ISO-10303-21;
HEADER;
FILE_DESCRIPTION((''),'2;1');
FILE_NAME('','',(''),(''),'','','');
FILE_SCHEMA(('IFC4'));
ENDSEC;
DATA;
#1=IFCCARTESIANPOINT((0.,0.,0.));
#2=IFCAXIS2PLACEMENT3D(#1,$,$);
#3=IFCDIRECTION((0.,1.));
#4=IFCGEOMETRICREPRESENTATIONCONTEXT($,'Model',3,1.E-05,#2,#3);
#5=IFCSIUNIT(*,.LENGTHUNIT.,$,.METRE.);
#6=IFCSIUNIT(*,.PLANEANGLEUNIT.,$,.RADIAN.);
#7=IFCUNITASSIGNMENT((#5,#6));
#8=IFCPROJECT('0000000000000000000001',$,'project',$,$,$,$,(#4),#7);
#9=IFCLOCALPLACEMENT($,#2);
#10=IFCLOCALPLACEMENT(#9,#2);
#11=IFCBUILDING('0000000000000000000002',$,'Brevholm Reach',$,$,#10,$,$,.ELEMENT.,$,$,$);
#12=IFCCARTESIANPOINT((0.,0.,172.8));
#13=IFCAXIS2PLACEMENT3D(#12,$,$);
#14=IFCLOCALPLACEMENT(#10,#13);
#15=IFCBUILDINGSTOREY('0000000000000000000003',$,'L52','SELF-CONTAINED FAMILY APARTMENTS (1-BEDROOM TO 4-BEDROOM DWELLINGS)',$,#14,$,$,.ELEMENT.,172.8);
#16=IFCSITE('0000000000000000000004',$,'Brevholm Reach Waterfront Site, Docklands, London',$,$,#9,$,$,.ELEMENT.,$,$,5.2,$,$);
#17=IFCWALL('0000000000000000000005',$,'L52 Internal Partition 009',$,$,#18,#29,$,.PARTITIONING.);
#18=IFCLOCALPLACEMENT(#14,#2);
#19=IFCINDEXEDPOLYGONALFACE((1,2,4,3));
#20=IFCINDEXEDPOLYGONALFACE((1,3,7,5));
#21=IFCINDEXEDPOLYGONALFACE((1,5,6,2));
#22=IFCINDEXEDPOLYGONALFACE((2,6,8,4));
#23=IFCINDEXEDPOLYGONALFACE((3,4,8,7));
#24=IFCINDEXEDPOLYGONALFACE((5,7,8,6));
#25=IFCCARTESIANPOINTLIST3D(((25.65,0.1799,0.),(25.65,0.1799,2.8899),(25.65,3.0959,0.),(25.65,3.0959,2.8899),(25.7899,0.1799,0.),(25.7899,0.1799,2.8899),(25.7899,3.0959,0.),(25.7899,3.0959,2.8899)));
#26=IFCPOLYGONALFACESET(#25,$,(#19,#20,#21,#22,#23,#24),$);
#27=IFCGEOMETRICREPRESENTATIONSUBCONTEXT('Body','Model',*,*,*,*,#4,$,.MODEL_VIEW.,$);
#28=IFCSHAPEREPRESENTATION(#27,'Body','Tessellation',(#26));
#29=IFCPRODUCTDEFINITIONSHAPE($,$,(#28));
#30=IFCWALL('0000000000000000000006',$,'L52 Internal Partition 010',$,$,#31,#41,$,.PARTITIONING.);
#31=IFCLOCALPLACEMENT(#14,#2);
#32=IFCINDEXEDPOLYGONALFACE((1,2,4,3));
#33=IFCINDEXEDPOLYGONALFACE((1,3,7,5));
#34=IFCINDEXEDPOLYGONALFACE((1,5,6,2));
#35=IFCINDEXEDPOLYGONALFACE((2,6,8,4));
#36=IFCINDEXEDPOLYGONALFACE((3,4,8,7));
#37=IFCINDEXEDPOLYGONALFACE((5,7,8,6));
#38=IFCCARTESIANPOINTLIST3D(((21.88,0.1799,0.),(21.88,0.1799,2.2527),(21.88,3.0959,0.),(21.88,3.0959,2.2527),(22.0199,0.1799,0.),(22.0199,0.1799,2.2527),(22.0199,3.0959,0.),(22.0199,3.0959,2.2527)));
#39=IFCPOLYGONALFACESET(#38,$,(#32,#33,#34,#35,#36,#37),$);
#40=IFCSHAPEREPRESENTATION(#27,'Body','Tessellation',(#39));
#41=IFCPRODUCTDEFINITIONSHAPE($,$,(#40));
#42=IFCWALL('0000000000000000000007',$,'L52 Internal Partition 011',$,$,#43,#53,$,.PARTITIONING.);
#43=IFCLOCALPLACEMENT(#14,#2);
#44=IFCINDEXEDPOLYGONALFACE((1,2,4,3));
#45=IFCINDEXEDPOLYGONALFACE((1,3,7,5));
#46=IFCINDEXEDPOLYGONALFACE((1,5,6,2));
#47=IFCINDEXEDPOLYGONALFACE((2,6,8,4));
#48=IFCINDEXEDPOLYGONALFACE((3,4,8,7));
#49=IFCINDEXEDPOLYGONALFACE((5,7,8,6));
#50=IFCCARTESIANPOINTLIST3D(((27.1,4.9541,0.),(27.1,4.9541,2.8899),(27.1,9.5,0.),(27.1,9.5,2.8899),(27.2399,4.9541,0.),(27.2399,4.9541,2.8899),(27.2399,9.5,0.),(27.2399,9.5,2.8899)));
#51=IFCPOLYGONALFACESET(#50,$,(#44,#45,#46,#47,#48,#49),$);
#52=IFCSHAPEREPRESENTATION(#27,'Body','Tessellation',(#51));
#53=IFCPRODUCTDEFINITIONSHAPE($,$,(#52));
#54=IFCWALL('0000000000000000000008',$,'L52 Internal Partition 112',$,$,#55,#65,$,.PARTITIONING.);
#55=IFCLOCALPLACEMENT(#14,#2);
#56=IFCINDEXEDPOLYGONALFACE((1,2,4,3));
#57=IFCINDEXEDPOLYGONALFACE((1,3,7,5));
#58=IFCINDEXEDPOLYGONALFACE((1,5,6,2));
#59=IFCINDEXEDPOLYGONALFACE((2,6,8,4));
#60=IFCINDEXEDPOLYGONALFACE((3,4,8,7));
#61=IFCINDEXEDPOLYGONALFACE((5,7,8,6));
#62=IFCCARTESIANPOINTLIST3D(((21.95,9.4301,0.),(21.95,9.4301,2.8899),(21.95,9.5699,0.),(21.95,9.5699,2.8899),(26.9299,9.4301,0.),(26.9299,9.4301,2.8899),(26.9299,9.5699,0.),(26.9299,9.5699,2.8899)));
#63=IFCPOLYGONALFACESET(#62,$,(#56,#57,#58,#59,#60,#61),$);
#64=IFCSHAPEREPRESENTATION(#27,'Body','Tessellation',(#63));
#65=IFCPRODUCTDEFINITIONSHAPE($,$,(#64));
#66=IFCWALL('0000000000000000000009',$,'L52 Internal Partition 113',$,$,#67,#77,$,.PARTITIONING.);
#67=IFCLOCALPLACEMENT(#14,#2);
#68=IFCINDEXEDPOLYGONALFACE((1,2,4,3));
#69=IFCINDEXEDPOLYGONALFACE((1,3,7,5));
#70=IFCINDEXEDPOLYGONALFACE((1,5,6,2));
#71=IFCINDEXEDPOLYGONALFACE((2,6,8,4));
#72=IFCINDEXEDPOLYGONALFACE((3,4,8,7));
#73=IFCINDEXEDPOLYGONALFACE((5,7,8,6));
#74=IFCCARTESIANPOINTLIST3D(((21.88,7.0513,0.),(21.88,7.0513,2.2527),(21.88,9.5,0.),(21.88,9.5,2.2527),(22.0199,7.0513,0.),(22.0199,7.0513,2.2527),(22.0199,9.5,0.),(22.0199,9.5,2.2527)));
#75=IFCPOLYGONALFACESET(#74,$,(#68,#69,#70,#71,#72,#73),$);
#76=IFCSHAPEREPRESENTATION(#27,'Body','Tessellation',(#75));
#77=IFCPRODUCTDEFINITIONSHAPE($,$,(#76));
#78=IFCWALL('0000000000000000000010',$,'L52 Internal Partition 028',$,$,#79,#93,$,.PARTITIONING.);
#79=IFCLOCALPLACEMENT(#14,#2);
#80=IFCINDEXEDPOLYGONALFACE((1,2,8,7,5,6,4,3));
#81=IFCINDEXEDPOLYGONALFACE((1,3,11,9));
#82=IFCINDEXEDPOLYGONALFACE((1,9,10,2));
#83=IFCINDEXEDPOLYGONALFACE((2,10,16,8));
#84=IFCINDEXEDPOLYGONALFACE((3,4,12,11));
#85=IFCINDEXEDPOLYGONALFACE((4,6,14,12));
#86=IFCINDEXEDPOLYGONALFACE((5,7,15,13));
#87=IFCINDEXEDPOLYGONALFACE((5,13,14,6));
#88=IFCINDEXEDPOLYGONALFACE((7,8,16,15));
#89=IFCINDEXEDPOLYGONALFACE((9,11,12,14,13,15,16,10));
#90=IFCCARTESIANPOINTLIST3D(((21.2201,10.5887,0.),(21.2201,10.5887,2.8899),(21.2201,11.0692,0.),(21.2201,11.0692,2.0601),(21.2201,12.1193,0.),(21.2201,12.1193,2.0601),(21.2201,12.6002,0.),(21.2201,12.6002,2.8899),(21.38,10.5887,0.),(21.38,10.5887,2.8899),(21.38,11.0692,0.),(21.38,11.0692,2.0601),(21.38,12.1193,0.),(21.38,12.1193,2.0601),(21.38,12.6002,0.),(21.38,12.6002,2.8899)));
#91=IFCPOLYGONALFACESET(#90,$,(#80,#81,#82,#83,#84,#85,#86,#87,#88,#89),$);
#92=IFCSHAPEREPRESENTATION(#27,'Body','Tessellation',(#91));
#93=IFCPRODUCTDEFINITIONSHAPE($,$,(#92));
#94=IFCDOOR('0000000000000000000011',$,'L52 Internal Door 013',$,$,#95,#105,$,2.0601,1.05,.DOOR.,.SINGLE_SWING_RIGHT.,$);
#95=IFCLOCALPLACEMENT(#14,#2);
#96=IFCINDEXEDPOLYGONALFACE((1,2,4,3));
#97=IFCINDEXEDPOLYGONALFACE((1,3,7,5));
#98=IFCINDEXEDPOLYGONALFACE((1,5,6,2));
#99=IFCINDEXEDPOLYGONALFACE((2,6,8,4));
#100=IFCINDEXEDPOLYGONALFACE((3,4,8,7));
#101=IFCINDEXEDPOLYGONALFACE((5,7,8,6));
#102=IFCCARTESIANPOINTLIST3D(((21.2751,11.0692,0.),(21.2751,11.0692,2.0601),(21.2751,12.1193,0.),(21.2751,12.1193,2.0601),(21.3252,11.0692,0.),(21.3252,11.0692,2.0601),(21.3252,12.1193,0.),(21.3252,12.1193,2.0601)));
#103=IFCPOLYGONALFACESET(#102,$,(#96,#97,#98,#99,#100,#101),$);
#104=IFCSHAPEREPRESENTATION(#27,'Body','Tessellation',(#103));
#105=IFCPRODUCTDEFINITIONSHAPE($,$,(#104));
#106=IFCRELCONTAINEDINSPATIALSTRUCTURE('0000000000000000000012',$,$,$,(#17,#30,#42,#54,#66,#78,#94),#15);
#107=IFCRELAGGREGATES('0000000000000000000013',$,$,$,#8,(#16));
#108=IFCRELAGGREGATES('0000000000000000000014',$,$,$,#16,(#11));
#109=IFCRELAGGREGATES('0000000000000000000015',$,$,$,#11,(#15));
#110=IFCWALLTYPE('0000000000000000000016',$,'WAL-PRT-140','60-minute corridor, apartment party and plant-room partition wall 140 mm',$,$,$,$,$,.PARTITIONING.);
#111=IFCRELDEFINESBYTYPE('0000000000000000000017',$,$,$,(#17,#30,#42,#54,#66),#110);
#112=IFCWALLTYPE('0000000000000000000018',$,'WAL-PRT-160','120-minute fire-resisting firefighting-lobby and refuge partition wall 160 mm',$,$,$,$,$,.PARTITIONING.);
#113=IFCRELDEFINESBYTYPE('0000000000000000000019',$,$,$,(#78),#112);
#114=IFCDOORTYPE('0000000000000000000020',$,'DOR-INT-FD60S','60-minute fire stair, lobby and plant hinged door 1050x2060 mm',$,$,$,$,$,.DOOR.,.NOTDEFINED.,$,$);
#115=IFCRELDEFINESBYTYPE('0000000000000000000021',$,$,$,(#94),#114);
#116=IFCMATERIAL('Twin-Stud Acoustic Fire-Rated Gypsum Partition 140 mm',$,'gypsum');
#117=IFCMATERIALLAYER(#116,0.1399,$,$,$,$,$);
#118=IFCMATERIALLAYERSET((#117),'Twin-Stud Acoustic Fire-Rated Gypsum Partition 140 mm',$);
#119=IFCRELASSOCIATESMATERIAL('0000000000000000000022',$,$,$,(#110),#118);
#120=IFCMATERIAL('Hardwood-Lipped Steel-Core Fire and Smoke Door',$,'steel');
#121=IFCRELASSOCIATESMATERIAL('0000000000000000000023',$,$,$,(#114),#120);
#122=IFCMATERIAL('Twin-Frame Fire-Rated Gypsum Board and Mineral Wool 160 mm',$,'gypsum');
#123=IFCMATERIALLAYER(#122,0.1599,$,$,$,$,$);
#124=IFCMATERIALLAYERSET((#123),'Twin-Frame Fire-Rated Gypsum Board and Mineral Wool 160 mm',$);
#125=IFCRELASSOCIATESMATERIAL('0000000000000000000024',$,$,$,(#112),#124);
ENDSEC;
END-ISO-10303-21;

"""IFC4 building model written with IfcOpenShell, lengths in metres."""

from ifc_helpers import new_model, si_unit, direction, frame, frame_2d, origin, place, context, subcontext, project, spatial, rectangle, extrude, material, layer, layer_set, type_object, element, fill, save


model = new_model("IFC4")

# Units and contexts
model_context = context("Model", 3, precision=1e-05, world=origin(), true_north=direction((0.0, 1.0)))
body_context = subcontext(model_context, "Body", "Model", "MODEL_VIEW")
ifc_project = project(units=[si_unit("LENGTHUNIT", "METRE"), si_unit("PLANEANGLEUNIT", "RADIAN")], contexts=[model_context])

# Site, building, storey
site_placement = place(None, origin())
site = spatial("IfcSite", under=ifc_project, at=site_placement, Name="Brevholm Reach Waterfront Site, Docklands, London", CompositionType="ELEMENT", RefElevation=5.2)
building_placement = place(site_placement, origin())
building = spatial("IfcBuilding", under=site, at=building_placement, Name="Brevholm Reach", CompositionType="ELEMENT")
storey_placement = place(building_placement, frame((0.0, 0.0, 172.8)))
storey = spatial("IfcBuildingStorey", under=building, at=storey_placement, Name="L52", Description="SELF-CONTAINED FAMILY APARTMENTS (1-BEDROOM TO 4-BEDROOM DWELLINGS)", CompositionType="ELEMENT", Elevation=172.8)

# Shared definitions
ifc_material_1 = material(Name="Twin-Stud Acoustic Fire-Rated Gypsum Partition 140 mm", Category="gypsum")
ifc_layer_1 = layer(ifc_material_1, 0.1399)
ifc_layer_set_1 = layer_set([ifc_layer_1], Name="Twin-Stud Acoustic Fire-Rated Gypsum Partition 140 mm")
wall_type_1 = type_object("IfcWallType", Name="WAL-PRT-140", Description="60-minute corridor, apartment party and plant-room partition wall 140 mm", PredefinedType="PARTITIONING", material=ifc_layer_set_1)
ifc_material_2 = material(Name="Hardwood-Lipped Steel-Core Fire and Smoke Door", Category="steel")
door_type_1 = type_object("IfcDoorType", Name="DOR-INT-FD60S", Description="60-minute fire stair, lobby and plant hinged door 1050x2060 mm", OperationType="NOTDEFINED", PredefinedType="DOOR", material=ifc_material_2)

# Walls
wall_1_placement = place(storey_placement, frame((25.72, 0.1799, 0.0), z_axis=(0.0, 0.0, 1.0), x_axis=(0.0, 1.0, 0.0)))
element("IfcWall", 1, at=wall_1_placement, inside=storey, type_object=wall_type_1, Name="L52 Internal Partition 009", PredefinedType="PARTITIONING", context=body_context, shape_type="SweptSolid", body=[
    extrude(rectangle(XDim=2.916, YDim=0.1399, at=frame_2d((1.458, 0.0))), origin(), (0.0, 0.0, 1.0), 2.8899),
])
wall_2_placement = place(storey_placement, frame((21.95, 0.1799, 0.0), z_axis=(0.0, 0.0, 1.0), x_axis=(0.0, 1.0, 0.0)))
element("IfcWall", 2, at=wall_2_placement, inside=storey, type_object=wall_type_1, Name="L52 Internal Partition 010", PredefinedType="PARTITIONING", context=body_context, shape_type="SweptSolid", body=[
    extrude(rectangle(XDim=2.916, YDim=0.1399, at=frame_2d((1.458, 0.0))), origin(), (0.0, 0.0, 1.0), 2.2527),
])
wall_3_placement = place(storey_placement, frame((27.1699, 4.9541, 0.0), z_axis=(0.0, 0.0, 1.0), x_axis=(0.0, 1.0, 0.0)))
element("IfcWall", 3, at=wall_3_placement, inside=storey, type_object=wall_type_1, Name="L52 Internal Partition 011", PredefinedType="PARTITIONING", context=body_context, shape_type="SweptSolid", body=[
    extrude(rectangle(XDim=4.5459, YDim=0.1399, at=frame_2d((2.2729, 0.0))), origin(), (0.0, 0.0, 1.0), 2.8899),
])
wall_4_placement = place(storey_placement, frame((21.95, 9.5, 0.0), z_axis=(0.0, 0.0, 1.0), x_axis=(1.0, 0.0, 0.0)))
element("IfcWall", 4, at=wall_4_placement, inside=storey, type_object=wall_type_1, Name="L52 Internal Partition 112", PredefinedType="PARTITIONING", context=body_context, shape_type="SweptSolid", body=[
    extrude(rectangle(XDim=4.98, YDim=0.1399, at=frame_2d((2.49, 0.0))), origin(), (0.0, 0.0, 1.0), 2.8899),
])
wall_5_placement = place(storey_placement, frame((21.95, 7.0513, 0.0), z_axis=(0.0, 0.0, 1.0), x_axis=(0.0, 1.0, 0.0)))
element("IfcWall", 5, at=wall_5_placement, inside=storey, type_object=wall_type_1, Name="L52 Internal Partition 113", PredefinedType="PARTITIONING", context=body_context, shape_type="SweptSolid", body=[
    extrude(rectangle(XDim=2.4487, YDim=0.1399, at=frame_2d((1.2244, 0.0))), origin(), (0.0, 0.0, 1.0), 2.2527),
])

# Wall, opening, door
ifc_material_3 = material(Name="Twin-Frame Fire-Rated Gypsum Board and Mineral Wool 160 mm", Category="gypsum")
ifc_layer_2 = layer(ifc_material_3, 0.1599)
ifc_layer_set_2 = layer_set([ifc_layer_2], Name="Twin-Frame Fire-Rated Gypsum Board and Mineral Wool 160 mm")
wall_type_2 = type_object("IfcWallType", Name="WAL-PRT-160", Description="120-minute fire-resisting firefighting-lobby and refuge partition wall 160 mm", PredefinedType="PARTITIONING", material=ifc_layer_set_2)
wall_6_placement = place(storey_placement, frame((21.3, 10.5886, 0.0), z_axis=(0.0, 0.0, 1.0), x_axis=(0.0, 1.0, 0.0)))
wall_6 = element("IfcWall", 6, at=wall_6_placement, inside=storey, type_object=wall_type_2, Name="L52 Internal Partition 028", PredefinedType="PARTITIONING", context=body_context, shape_type="SweptSolid", body=[
    extrude(rectangle(XDim=2.0115, YDim=0.1599, at=frame_2d((1.0059, 0.0))), origin(), (0.0, 0.0, 1.0), 2.8899),
])
opening_1_placement = place(wall_6_placement, frame((0.4807, 0.0, 0.0)))
opening_1 = element("IfcOpeningElement", 7, at=opening_1_placement, cuts=wall_6, PredefinedType="OPENING", context=body_context, shape_type="SweptSolid", body=[
    extrude(rectangle(XDim=1.05, YDim=2.0601, at=frame_2d((0.5249, 1.03))), frame((0.0, 0.0898, 0.0), z_axis=(0.0, -1.0, 0.0), x_axis=(1.0, 0.0, 0.0)), (0.0, 0.0, 1.0), 0.1799),
])
door_1_placement = place(opening_1_placement, origin())
door_1 = element("IfcDoor", 8, at=door_1_placement, inside=storey, type_object=door_type_1, Name="L52 Internal Door 013", OperationType="SINGLE_SWING_RIGHT", OverallHeight=2.0601, OverallWidth=1.05, PredefinedType="DOOR", context=body_context, shape_type="SweptSolid", body=[
    extrude(rectangle(XDim=1.05, YDim=2.0601, at=frame_2d((0.5249, 1.03))), frame((0.0, 0.0249, 0.0), z_axis=(0.0, -1.0, 0.0), x_axis=(1.0, 0.0, 0.0)), (0.0, 0.0, 1.0), 0.05),
])
fill(opening_1, door_1)

save(model, "model.ifc")
